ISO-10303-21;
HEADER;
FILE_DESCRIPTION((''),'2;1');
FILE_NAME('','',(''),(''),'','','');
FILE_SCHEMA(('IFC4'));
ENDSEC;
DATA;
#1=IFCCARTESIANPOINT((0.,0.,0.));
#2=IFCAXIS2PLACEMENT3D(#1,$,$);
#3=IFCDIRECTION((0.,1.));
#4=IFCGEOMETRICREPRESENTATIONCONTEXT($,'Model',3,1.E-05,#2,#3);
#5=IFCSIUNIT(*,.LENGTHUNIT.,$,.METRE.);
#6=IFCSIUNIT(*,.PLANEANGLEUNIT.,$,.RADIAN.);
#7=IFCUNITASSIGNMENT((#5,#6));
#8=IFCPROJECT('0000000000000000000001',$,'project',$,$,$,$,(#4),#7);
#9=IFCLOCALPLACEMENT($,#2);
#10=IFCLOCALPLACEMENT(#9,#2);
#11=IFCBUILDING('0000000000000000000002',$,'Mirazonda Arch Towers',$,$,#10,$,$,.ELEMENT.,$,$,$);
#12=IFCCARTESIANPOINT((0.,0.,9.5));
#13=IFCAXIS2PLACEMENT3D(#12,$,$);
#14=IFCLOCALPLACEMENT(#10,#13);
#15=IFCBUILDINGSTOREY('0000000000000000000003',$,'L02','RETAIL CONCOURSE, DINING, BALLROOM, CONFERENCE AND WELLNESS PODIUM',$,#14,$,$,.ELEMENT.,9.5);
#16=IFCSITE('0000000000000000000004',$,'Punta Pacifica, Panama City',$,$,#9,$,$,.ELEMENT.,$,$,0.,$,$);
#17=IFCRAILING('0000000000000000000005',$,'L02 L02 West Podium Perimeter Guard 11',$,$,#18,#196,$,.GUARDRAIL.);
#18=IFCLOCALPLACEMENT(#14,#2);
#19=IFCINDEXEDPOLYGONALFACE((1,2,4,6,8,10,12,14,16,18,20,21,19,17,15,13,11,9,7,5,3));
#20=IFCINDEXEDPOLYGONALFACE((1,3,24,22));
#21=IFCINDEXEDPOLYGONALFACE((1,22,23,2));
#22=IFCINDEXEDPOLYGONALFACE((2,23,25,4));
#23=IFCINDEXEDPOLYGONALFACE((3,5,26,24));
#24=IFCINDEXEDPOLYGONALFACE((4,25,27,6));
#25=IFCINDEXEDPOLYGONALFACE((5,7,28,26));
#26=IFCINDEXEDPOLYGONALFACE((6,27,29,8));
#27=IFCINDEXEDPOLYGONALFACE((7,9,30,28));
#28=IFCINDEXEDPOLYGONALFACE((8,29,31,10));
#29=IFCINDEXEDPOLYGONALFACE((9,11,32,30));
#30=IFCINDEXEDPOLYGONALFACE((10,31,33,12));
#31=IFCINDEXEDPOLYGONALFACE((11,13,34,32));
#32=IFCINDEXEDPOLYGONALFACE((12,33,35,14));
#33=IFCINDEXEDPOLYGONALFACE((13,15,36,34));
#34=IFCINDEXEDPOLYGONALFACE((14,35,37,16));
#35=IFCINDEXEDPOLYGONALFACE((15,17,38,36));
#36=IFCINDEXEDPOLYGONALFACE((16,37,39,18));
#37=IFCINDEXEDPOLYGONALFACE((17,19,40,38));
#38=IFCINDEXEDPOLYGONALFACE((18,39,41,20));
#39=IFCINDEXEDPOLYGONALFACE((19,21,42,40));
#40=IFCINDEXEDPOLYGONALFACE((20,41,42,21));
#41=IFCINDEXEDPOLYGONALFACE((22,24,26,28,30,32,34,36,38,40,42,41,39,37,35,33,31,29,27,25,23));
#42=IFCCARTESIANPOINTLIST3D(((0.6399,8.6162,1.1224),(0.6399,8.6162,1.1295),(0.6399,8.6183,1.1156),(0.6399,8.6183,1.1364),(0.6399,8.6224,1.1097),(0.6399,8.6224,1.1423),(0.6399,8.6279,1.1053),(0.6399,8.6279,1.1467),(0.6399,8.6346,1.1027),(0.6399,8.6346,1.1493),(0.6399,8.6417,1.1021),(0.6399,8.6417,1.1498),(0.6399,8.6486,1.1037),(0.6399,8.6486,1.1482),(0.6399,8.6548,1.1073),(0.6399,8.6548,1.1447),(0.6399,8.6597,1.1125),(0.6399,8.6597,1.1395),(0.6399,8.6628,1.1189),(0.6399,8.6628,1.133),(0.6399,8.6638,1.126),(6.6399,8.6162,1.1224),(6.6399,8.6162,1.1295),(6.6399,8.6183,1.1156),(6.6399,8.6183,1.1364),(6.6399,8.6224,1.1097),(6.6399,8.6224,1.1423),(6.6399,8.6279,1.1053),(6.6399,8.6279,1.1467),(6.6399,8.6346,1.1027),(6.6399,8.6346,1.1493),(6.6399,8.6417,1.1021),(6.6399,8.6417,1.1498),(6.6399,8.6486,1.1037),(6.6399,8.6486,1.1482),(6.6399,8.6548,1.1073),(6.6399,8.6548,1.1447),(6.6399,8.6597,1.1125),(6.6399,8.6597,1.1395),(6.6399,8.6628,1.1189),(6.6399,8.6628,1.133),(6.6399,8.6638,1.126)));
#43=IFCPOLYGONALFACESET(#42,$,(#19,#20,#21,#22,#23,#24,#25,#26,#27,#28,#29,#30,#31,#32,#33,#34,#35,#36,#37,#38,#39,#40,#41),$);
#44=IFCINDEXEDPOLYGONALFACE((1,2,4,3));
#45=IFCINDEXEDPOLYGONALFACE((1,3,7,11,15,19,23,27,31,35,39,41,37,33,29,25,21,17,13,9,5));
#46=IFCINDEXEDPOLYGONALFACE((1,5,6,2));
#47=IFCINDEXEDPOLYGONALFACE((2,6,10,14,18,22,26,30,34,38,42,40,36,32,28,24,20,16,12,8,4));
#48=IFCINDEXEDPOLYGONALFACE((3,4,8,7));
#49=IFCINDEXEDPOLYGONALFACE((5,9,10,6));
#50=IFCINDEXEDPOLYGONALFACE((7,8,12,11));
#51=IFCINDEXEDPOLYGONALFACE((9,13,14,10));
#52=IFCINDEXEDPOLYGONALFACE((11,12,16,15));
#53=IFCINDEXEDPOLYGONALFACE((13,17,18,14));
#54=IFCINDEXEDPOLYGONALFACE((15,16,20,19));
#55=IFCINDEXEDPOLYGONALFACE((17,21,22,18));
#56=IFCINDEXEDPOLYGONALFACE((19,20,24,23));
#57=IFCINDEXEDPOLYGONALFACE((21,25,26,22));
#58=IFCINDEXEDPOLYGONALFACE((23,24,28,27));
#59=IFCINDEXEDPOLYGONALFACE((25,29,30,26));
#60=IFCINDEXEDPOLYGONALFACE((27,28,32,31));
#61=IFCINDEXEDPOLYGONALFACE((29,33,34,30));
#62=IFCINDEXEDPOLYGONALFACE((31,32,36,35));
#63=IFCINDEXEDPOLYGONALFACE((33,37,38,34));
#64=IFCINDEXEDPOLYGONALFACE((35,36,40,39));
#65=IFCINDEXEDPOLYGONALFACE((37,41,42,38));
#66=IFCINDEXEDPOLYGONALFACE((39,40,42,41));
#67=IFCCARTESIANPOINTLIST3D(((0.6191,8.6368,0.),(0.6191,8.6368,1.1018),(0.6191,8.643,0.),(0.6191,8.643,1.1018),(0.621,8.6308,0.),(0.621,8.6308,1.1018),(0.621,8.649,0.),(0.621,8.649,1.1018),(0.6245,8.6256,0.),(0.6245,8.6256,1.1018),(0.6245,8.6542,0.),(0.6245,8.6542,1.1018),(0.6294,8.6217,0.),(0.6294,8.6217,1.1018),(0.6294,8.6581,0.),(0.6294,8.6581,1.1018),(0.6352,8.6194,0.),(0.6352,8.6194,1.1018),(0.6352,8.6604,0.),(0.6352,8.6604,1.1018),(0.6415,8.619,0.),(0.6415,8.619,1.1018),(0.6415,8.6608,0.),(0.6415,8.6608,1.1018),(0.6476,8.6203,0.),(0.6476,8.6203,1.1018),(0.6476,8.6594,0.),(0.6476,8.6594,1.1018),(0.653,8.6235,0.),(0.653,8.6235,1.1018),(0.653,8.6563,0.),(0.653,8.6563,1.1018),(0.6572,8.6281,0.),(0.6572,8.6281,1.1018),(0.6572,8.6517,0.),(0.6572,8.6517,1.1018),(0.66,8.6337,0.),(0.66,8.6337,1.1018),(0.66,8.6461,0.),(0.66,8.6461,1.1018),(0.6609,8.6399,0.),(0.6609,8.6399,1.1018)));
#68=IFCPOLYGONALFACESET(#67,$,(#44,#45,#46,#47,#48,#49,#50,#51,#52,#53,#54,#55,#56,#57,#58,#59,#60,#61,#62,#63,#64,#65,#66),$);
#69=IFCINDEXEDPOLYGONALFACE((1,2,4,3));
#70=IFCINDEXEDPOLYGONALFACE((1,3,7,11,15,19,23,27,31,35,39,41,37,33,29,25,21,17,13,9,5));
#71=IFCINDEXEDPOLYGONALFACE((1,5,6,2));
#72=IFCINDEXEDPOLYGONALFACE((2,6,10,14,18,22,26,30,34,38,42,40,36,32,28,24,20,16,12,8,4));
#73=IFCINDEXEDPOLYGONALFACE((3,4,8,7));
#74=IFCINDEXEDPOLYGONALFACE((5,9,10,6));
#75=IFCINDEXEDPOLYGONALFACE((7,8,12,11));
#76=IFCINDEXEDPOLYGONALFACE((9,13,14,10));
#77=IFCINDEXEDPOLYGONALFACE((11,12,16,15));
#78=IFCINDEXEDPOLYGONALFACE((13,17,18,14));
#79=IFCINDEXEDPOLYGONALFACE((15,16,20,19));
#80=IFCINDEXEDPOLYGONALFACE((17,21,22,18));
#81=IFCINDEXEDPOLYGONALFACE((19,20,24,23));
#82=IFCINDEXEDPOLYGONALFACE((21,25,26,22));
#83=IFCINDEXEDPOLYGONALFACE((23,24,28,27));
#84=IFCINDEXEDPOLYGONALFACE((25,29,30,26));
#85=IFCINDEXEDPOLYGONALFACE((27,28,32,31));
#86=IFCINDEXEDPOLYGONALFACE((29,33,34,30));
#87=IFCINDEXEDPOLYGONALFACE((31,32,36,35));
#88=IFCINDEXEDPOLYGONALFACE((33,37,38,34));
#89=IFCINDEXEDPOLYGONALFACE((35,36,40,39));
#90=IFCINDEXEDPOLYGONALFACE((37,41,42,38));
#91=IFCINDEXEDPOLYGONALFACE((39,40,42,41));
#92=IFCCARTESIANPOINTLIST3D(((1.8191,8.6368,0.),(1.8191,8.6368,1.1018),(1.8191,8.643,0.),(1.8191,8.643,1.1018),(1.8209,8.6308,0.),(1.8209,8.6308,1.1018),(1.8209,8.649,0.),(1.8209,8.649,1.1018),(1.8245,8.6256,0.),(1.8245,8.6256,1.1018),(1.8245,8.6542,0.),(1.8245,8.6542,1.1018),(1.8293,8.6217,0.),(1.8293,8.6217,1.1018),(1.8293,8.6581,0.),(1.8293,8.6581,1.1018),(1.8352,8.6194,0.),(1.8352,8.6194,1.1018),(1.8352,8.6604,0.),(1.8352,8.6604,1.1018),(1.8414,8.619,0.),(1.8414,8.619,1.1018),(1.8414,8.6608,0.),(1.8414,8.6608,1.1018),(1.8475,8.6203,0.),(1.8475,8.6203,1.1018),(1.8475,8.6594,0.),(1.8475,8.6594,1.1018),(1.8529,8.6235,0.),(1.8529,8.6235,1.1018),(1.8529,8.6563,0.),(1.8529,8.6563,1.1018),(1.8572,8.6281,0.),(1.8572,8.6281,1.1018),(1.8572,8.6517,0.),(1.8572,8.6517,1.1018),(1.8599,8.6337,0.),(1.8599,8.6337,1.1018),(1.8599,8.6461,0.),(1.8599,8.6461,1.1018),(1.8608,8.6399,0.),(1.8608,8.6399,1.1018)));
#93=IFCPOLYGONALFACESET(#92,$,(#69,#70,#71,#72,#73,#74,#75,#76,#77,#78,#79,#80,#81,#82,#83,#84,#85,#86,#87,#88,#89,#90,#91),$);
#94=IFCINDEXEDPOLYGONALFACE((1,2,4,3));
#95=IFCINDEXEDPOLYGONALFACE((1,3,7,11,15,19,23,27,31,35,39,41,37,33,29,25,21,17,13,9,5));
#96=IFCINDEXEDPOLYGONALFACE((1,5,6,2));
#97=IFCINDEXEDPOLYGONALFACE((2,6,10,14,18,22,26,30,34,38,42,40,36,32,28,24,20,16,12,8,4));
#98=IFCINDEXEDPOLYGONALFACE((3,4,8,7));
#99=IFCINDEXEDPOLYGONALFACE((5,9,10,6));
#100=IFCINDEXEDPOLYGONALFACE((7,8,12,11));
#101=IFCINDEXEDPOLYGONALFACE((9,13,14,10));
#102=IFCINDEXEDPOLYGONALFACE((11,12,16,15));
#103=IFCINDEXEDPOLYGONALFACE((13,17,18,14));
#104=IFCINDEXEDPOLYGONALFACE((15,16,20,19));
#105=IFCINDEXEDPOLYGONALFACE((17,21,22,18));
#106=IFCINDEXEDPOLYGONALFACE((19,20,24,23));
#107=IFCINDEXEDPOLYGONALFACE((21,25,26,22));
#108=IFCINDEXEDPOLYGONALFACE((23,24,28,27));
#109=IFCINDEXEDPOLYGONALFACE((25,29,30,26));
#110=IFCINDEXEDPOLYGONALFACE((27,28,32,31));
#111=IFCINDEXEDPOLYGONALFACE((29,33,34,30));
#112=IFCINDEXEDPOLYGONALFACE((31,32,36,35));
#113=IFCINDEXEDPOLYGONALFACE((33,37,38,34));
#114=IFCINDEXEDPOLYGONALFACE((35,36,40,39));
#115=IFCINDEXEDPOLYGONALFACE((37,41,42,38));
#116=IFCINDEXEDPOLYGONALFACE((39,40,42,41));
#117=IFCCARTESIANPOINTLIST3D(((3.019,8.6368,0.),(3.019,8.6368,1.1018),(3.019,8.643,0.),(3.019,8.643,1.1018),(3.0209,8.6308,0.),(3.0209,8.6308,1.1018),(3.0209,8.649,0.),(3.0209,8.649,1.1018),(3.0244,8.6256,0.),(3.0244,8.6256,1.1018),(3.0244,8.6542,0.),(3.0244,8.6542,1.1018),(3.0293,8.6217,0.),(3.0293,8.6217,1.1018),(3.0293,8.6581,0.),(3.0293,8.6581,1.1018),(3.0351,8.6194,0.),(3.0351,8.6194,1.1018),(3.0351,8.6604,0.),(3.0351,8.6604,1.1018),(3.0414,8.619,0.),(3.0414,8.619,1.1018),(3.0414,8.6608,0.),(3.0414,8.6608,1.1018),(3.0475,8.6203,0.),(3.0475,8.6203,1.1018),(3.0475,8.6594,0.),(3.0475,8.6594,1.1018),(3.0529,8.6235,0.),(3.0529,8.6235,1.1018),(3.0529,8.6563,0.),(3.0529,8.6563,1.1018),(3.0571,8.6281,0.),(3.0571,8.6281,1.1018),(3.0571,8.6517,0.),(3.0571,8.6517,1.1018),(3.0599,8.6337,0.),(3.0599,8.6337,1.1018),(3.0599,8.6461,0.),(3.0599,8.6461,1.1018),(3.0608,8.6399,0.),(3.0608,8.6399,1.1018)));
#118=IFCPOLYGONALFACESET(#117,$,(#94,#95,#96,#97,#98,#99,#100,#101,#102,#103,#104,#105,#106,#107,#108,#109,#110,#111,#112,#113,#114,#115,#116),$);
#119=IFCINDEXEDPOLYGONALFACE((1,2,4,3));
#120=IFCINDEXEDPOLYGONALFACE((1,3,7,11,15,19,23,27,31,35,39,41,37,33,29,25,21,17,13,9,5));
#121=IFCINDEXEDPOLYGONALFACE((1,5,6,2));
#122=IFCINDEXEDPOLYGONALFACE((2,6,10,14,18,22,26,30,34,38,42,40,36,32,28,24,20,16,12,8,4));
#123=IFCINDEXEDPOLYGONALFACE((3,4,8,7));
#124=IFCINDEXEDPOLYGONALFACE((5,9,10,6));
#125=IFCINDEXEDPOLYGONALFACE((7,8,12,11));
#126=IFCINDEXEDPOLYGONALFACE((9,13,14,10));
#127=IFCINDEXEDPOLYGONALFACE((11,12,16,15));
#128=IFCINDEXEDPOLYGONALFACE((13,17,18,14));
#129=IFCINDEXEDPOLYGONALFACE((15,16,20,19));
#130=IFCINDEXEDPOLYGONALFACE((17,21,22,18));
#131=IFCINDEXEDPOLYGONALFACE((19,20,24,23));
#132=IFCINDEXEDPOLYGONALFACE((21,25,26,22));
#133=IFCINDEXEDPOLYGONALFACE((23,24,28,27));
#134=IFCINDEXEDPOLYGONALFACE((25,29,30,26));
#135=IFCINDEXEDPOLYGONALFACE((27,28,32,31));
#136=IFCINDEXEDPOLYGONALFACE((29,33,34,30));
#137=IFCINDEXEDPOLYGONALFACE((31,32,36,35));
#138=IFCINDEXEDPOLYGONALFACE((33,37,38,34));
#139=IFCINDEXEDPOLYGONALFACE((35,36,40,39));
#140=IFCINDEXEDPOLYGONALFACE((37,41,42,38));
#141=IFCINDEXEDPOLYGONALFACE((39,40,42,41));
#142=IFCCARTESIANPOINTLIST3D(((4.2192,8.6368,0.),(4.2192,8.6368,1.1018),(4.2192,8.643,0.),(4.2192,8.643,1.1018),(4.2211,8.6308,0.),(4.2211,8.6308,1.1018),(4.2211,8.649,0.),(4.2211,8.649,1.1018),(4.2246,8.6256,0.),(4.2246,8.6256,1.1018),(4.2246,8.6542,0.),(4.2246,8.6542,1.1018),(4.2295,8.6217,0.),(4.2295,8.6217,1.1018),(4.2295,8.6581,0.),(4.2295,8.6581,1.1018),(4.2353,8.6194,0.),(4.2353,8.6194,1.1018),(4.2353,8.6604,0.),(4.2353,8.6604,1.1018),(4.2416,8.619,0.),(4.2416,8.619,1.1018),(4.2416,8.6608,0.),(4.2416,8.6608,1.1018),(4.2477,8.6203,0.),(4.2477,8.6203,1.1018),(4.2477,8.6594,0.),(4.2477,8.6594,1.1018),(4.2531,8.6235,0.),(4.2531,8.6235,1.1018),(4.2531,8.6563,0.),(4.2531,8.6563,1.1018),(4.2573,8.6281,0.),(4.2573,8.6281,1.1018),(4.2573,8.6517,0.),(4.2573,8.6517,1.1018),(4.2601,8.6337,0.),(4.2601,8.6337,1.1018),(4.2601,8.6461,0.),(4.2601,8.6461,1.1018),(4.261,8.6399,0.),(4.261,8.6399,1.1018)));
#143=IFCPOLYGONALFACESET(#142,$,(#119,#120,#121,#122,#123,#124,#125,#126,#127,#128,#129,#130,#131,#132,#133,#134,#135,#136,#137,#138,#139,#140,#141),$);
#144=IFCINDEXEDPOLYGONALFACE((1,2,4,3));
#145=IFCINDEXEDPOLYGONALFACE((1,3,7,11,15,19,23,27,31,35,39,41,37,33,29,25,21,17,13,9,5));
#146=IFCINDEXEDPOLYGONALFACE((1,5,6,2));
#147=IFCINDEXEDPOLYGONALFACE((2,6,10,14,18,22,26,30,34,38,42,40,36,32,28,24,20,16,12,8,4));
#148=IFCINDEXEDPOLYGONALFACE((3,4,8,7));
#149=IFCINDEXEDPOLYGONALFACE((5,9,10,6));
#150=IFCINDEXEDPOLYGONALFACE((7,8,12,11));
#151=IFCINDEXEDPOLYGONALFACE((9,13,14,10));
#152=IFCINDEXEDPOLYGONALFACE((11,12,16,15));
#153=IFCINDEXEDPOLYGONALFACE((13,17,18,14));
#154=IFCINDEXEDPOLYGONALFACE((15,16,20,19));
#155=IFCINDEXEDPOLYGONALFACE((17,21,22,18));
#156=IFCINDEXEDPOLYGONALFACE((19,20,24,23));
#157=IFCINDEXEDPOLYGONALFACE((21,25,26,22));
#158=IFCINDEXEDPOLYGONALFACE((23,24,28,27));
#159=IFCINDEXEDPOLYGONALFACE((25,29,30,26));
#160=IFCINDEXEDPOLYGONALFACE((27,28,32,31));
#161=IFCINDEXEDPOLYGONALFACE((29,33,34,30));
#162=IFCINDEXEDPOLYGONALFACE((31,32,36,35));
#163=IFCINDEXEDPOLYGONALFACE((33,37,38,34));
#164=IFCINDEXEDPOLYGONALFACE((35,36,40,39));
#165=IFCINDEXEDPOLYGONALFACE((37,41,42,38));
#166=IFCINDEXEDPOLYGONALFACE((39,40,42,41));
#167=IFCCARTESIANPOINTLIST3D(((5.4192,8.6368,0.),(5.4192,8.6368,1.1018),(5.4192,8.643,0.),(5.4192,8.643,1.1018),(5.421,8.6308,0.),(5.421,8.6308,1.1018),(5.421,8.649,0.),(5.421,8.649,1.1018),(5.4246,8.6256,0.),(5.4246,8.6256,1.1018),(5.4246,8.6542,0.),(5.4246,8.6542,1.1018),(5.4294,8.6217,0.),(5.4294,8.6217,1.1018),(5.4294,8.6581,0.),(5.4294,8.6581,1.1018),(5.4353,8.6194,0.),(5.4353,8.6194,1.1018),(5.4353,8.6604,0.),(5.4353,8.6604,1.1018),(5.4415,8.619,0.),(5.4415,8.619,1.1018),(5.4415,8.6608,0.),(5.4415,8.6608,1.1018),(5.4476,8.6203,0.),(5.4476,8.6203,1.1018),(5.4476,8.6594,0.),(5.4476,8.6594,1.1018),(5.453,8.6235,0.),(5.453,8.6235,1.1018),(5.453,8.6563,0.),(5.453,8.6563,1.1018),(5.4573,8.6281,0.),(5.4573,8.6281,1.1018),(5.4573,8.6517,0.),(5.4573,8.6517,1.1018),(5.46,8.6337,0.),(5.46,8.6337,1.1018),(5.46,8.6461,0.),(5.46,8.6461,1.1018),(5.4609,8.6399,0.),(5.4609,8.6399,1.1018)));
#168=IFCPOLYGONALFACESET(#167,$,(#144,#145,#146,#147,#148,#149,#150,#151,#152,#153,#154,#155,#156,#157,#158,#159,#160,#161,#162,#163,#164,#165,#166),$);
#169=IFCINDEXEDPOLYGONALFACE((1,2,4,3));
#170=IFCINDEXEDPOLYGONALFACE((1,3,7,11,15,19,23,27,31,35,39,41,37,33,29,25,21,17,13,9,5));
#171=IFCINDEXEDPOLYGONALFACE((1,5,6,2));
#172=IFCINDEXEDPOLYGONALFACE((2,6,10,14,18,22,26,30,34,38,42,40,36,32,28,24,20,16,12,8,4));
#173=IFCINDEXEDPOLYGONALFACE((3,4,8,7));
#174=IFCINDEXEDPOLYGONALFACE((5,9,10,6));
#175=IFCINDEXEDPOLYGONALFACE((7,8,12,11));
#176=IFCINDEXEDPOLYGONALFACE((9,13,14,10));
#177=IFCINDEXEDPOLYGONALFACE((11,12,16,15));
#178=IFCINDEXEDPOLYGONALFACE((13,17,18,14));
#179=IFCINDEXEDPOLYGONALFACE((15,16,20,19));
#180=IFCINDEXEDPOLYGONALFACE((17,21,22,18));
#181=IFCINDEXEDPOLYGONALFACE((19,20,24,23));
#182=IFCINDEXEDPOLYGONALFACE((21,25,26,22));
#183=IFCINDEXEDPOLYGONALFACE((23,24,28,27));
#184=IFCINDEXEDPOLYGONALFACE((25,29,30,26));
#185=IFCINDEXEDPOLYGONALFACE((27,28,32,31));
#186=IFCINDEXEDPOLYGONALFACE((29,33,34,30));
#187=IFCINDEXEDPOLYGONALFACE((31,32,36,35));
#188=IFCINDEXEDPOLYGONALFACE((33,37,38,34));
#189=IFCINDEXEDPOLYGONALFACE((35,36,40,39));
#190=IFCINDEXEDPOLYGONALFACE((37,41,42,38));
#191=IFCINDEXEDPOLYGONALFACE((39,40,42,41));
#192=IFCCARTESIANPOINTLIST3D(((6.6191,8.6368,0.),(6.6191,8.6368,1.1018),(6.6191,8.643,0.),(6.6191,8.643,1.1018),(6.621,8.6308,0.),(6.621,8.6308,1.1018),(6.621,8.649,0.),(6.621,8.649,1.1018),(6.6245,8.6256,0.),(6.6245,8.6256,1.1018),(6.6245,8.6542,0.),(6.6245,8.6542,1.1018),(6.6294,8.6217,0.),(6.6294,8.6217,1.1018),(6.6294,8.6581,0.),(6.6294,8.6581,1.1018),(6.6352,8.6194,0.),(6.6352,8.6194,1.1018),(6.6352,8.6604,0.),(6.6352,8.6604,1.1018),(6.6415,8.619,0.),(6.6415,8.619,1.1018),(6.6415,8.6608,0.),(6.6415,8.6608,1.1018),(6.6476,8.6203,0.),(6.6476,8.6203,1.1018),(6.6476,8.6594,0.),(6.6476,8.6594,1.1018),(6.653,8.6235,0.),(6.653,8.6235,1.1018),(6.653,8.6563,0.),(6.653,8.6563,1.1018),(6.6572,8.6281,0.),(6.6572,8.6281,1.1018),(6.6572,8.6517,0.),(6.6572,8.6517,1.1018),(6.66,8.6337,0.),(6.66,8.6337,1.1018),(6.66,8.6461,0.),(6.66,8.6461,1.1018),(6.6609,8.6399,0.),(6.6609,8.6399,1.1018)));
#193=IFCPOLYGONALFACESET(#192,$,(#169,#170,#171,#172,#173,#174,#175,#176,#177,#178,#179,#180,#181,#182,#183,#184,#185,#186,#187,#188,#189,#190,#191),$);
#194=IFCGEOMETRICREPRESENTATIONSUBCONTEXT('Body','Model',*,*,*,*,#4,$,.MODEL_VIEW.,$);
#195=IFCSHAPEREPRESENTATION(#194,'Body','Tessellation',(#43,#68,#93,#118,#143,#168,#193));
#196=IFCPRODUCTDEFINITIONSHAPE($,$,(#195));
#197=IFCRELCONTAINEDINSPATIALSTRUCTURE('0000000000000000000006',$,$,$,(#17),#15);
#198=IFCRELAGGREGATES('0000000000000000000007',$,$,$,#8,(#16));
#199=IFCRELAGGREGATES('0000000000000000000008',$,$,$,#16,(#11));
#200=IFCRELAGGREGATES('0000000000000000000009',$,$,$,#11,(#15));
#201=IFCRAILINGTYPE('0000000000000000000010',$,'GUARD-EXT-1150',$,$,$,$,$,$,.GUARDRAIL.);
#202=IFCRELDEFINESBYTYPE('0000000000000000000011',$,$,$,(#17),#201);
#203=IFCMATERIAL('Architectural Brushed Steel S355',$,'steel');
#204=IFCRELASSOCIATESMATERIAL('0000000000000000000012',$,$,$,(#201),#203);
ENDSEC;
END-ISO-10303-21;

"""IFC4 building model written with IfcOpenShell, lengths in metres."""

from ifc_helpers import new_model, si_unit, direction, frame, origin, origin_2d, place, context, subcontext, project, spatial, circle, extrude, material, type_object, element, save


model = new_model("IFC4")

# Units and contexts
model_context = context("Model", 3, precision=1e-05, world=origin(), true_north=direction((0.0, 1.0)))
body_context = subcontext(model_context, "Body", "Model", "MODEL_VIEW")
ifc_project = project(units=[si_unit("LENGTHUNIT", "METRE"), si_unit("PLANEANGLEUNIT", "RADIAN")], contexts=[model_context])

# Site, building, storey
site_placement = place(None, origin())
site = spatial("IfcSite", under=ifc_project, at=site_placement, Name="Punta Pacifica, Panama City", CompositionType="ELEMENT", RefElevation=0.0)
building_placement = place(site_placement, origin())
building = spatial("IfcBuilding", under=site, at=building_placement, Name="Mirazonda Arch Towers", CompositionType="ELEMENT")
storey_placement = place(building_placement, frame((0.0, 0.0, 9.5)))
storey = spatial("IfcBuildingStorey", under=building, at=storey_placement, Name="L02", Description="RETAIL CONCOURSE, DINING, BALLROOM, CONFERENCE AND WELLNESS PODIUM", CompositionType="ELEMENT", Elevation=9.5)

# Shared definitions
ifc_material_1 = material(Name="Architectural Brushed Steel S355", Category="steel")

# Railing
railing_type = type_object("IfcRailingType", Name="GUARD-EXT-1150", PredefinedType="GUARDRAIL", material=ifc_material_1)
railing_1_placement = place(storey_placement, frame((0.6399, 8.6399, 0.0)))
element("IfcRailing", 1, at=railing_1_placement, inside=storey, type_object=railing_type, Name="L02 L02 West Podium Perimeter Guard 11", PredefinedType="GUARDRAIL", context=body_context, shape_type="SweptSolid", body=[
    extrude(circle(Radius=0.0239, at=origin_2d()), frame((0.0, 0.0, 1.126), z_axis=(1.0, 0.0, 0.0), x_axis=(0.0, 1.0, 0.0)), (0.0, 0.0, 1.0), 6.0),
    extrude(circle(Radius=0.021, at=origin_2d()), origin(), (0.0, 0.0, 1.0), 1.1018),
    extrude(circle(Radius=0.021, at=origin_2d()), frame((1.2, 0.0, 0.0)), (0.0, 0.0, 1.0), 1.1018),
    extrude(circle(Radius=0.021, at=origin_2d()), frame((2.3999, 0.0, 0.0)), (0.0, 0.0, 1.0), 1.1018),
    extrude(circle(Radius=0.021, at=origin_2d()), frame((3.6001, 0.0, 0.0)), (0.0, 0.0, 1.0), 1.1018),
    extrude(circle(Radius=0.021, at=origin_2d()), frame((4.8, 0.0, 0.0)), (0.0, 0.0, 1.0), 1.1018),
    extrude(circle(Radius=0.021, at=origin_2d()), frame((6.0, 0.0, 0.0)), (0.0, 0.0, 1.0), 1.1018),
])

save(model, "model.ifc")
